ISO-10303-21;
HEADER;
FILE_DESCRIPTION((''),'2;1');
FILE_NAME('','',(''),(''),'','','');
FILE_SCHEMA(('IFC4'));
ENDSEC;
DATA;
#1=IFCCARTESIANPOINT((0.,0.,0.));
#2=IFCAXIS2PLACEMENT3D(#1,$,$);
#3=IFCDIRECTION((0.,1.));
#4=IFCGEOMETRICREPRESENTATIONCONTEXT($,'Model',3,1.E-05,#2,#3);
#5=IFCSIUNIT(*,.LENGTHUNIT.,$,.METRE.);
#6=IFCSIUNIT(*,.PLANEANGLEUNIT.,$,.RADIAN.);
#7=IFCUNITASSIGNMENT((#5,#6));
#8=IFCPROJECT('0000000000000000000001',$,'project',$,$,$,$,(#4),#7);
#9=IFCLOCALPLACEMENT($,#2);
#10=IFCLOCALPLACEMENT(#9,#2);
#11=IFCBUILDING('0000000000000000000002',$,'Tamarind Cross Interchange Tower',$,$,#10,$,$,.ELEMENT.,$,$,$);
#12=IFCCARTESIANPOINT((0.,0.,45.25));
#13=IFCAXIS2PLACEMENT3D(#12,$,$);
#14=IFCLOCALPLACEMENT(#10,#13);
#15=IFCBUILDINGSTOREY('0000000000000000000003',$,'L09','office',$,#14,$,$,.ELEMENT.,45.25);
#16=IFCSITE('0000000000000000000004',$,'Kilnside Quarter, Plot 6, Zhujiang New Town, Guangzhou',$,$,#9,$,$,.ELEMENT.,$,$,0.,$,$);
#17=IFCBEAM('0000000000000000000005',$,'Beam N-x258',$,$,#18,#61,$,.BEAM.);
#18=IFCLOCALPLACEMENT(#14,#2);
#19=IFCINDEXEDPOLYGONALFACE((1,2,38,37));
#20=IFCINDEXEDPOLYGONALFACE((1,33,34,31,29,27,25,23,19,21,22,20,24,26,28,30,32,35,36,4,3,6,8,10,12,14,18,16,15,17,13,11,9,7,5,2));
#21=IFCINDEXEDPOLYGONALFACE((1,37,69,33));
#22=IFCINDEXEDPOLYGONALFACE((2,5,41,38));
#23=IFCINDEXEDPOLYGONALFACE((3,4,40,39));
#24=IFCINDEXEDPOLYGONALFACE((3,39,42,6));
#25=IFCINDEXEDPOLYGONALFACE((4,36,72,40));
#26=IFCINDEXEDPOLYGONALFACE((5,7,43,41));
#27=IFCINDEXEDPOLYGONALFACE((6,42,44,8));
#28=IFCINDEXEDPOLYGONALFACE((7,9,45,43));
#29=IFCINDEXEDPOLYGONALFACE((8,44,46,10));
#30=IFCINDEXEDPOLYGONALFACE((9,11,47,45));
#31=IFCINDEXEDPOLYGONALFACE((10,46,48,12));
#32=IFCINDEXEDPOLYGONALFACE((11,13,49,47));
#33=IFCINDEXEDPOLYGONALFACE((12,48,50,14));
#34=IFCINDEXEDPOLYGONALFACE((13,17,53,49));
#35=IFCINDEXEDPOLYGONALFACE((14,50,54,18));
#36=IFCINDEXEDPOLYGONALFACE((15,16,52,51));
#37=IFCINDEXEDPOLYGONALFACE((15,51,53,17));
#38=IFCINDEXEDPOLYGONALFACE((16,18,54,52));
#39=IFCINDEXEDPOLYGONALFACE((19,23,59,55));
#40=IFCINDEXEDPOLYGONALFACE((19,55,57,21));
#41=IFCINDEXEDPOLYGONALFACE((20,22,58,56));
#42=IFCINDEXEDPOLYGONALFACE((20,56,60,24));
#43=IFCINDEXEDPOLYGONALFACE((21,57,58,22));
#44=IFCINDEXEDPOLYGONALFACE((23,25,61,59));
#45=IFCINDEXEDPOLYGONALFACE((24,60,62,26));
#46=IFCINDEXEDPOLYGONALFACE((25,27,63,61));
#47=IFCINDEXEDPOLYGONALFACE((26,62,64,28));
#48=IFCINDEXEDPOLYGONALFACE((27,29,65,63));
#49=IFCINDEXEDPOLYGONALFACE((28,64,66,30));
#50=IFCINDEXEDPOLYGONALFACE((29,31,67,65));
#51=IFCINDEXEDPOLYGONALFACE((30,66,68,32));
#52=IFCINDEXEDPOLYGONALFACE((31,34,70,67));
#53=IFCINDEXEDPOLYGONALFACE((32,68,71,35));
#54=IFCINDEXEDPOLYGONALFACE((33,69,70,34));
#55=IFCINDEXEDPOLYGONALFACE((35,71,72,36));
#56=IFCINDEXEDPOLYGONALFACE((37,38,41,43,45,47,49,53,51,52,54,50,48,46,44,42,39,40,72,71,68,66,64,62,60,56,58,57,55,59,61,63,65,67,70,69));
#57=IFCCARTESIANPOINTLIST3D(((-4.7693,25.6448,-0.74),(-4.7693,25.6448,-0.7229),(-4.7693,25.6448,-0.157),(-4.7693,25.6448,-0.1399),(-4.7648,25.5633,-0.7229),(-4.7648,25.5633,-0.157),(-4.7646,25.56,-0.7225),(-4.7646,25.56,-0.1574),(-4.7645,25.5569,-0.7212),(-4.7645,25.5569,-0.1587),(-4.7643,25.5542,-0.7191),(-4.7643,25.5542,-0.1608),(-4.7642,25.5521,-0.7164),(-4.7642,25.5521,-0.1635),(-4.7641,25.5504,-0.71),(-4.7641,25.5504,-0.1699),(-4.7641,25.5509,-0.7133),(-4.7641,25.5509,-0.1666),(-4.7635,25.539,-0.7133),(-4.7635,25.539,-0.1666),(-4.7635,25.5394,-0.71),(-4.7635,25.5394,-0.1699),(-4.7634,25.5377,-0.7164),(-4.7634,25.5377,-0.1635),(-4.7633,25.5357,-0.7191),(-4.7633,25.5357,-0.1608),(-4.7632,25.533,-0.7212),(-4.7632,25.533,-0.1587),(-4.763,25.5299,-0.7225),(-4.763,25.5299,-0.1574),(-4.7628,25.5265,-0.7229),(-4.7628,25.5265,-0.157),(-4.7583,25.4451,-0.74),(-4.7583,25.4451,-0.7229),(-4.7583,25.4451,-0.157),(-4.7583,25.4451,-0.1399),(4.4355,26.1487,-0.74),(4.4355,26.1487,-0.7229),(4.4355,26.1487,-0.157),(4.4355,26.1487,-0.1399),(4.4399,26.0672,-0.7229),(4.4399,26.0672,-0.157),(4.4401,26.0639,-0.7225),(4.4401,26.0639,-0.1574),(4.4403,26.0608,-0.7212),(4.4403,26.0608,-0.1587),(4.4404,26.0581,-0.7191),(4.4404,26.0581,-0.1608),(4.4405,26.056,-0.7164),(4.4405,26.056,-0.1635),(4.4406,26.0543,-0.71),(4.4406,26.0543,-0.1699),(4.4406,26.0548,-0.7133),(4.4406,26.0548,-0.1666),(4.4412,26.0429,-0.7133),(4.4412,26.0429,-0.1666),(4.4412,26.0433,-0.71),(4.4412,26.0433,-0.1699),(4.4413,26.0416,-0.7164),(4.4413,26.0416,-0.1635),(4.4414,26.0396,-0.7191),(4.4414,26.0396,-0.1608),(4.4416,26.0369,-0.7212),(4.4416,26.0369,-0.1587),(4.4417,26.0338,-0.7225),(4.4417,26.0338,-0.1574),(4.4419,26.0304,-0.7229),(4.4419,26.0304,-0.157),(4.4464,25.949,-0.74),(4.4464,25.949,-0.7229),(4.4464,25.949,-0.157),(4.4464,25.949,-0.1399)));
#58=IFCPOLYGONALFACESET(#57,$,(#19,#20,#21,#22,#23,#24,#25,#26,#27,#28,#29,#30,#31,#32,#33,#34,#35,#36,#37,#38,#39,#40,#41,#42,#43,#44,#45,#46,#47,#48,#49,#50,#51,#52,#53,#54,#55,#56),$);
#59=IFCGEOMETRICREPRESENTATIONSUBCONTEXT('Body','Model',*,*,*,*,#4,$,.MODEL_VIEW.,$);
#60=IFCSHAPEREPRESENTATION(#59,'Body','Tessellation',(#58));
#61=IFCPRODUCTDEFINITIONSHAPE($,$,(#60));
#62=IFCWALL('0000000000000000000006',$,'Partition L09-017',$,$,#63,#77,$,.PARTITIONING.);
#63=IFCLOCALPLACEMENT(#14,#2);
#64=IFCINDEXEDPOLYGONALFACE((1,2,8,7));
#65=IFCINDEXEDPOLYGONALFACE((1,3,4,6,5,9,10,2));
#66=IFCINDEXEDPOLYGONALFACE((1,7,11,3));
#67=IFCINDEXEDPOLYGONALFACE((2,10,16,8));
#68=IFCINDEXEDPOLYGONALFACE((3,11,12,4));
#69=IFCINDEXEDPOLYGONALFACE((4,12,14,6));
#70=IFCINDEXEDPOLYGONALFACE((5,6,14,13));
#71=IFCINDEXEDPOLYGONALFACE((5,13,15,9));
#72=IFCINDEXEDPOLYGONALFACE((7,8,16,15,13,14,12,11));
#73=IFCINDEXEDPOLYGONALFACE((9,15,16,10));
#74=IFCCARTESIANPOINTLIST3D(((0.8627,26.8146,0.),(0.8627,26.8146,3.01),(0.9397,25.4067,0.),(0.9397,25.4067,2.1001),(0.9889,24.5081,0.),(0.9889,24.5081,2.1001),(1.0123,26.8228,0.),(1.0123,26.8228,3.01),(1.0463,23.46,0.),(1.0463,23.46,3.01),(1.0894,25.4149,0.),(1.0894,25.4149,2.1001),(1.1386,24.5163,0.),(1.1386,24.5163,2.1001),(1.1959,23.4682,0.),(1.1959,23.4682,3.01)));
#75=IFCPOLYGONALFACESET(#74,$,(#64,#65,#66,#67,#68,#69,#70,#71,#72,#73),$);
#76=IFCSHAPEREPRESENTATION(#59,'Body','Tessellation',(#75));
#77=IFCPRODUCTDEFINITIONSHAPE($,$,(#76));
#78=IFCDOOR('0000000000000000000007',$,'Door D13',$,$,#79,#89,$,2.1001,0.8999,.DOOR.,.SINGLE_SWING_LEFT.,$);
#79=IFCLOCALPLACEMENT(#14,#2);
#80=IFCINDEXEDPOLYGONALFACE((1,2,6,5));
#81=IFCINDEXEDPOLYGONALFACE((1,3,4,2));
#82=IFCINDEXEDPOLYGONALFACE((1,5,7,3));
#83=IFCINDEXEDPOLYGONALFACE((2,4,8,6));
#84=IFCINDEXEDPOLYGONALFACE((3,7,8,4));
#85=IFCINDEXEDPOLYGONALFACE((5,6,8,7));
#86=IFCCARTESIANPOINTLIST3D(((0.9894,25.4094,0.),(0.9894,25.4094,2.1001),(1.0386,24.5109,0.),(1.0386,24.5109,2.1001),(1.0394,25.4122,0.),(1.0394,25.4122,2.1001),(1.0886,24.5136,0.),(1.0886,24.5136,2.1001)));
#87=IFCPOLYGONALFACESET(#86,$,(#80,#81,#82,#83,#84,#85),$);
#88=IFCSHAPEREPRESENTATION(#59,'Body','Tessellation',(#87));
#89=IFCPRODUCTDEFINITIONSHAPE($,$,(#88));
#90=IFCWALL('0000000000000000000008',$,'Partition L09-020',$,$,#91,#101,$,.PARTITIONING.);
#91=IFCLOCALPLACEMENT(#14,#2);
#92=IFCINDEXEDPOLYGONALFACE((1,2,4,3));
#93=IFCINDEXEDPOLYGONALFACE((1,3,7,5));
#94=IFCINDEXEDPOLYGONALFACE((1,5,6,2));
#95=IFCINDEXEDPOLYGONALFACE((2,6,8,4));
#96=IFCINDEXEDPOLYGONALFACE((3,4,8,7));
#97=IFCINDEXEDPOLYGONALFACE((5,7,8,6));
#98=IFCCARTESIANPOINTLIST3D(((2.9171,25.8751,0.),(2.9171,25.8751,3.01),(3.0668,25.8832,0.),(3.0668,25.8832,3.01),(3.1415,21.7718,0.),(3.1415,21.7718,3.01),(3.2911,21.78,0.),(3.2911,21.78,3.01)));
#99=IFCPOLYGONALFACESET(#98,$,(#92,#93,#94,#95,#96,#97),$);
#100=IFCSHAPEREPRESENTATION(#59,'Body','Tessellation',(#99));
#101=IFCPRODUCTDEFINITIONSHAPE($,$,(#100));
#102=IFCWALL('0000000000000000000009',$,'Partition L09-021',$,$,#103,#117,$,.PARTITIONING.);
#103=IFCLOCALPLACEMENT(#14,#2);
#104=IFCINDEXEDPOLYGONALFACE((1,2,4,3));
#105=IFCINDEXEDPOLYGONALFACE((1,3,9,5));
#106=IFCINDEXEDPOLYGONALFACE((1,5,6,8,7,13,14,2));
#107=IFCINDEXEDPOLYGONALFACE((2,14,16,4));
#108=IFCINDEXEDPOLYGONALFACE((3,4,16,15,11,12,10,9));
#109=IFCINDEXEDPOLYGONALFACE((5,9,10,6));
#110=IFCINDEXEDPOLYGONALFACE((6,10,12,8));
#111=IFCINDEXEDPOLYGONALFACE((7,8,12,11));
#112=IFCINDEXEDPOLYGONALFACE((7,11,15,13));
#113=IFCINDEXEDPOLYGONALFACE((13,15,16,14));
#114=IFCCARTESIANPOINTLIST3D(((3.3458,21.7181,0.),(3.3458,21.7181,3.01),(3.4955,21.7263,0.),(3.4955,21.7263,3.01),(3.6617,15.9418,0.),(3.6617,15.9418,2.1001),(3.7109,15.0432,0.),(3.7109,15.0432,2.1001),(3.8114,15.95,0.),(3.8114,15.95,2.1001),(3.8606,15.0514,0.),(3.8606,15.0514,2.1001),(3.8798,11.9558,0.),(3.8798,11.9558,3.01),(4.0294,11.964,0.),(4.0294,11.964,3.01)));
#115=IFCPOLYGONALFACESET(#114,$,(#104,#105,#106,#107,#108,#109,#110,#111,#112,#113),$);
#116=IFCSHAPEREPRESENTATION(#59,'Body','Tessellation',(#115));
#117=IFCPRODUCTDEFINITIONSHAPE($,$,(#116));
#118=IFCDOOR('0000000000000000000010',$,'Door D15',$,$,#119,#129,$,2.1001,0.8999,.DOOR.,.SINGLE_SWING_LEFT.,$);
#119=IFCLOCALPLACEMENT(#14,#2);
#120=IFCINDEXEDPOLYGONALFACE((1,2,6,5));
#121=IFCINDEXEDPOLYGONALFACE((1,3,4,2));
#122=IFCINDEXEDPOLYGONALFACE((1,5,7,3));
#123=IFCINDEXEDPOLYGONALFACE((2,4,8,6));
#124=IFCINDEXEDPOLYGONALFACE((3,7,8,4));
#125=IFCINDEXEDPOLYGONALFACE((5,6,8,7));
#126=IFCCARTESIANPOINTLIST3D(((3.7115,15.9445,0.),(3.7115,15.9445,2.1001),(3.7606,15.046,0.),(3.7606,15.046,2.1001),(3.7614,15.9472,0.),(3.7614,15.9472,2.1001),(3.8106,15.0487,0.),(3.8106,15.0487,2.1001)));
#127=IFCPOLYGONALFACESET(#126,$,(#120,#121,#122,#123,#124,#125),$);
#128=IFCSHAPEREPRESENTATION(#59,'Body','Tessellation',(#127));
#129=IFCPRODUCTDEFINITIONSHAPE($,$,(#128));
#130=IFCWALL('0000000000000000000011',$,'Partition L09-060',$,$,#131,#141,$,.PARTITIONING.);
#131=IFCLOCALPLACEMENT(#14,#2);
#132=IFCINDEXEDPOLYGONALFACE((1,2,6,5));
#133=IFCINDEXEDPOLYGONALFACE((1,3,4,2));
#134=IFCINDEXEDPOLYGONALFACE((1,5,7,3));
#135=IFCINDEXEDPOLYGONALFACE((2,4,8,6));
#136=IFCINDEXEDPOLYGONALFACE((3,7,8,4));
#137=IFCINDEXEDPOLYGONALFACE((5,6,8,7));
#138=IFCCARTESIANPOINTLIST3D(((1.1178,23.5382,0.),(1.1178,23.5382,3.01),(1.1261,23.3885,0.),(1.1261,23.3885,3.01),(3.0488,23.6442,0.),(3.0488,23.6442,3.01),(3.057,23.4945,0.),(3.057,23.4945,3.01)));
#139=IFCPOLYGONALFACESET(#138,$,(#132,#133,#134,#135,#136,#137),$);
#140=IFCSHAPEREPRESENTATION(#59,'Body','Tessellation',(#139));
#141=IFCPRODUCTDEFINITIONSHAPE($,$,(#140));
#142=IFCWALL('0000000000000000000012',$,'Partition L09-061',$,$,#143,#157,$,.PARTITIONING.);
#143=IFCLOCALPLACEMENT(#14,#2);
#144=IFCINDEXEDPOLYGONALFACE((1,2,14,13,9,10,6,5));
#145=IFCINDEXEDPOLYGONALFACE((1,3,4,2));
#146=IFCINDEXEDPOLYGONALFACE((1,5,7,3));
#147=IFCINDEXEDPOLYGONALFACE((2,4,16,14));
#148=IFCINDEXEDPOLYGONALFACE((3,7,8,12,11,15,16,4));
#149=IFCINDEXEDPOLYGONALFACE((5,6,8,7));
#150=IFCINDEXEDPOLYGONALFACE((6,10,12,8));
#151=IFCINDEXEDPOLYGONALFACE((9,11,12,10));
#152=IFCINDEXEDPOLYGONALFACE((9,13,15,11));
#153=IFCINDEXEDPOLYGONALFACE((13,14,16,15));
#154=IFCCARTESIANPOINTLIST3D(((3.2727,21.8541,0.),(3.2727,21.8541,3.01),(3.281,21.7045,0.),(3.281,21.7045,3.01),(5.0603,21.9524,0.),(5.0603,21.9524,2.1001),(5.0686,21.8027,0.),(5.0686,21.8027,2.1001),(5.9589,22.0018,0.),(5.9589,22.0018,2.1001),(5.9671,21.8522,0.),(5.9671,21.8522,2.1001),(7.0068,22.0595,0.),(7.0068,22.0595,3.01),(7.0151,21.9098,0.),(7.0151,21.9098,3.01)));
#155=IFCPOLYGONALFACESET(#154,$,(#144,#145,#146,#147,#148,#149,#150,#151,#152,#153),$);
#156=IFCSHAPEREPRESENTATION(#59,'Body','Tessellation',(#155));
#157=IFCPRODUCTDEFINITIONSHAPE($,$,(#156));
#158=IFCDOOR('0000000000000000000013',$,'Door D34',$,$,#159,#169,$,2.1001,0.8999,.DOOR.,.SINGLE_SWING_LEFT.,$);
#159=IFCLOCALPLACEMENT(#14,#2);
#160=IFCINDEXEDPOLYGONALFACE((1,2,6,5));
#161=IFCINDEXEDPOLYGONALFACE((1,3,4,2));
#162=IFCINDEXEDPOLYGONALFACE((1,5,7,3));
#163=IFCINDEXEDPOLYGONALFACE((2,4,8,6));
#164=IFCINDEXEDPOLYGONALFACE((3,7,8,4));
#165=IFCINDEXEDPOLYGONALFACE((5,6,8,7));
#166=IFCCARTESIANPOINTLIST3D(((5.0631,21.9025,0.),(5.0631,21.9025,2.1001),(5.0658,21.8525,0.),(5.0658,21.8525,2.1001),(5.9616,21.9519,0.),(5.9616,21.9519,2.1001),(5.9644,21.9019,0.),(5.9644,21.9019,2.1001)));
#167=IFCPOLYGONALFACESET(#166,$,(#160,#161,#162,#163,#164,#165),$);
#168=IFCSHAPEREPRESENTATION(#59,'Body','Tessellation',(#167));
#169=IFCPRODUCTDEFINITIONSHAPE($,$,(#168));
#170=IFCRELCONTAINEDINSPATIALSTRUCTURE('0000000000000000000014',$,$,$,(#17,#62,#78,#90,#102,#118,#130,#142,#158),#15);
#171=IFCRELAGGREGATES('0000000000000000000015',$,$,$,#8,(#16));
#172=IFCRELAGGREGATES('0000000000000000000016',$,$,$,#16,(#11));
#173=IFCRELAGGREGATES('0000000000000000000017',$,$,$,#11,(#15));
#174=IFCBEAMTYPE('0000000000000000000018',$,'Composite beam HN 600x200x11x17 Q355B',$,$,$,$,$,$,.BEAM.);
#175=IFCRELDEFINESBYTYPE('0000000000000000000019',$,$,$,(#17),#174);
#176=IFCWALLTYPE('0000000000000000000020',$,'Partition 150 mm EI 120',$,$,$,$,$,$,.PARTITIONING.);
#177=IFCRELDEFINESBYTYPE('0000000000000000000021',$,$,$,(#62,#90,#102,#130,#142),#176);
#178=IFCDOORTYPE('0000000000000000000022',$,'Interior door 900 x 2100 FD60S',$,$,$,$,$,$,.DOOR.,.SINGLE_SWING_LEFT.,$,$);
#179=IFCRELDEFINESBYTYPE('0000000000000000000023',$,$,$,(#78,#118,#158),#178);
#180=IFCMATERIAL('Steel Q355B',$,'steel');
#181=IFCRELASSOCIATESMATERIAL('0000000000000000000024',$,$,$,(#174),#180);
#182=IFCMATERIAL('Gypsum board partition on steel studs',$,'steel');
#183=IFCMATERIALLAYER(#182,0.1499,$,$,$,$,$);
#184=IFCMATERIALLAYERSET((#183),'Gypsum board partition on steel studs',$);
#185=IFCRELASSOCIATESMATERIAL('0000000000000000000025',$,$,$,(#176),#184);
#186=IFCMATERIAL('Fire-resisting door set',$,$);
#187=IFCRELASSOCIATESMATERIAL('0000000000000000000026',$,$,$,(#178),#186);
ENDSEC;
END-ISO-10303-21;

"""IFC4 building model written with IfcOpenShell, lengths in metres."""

from ifc_helpers import new_model, si_unit, direction, frame, frame_2d, origin, origin_2d, place, context, subcontext, project, spatial, rectangle, i_section, extrude, material, layer, layer_set, material_profile, profile_set, type_object, element, fill, save


model = new_model("IFC4")

# Units and contexts
model_context = context("Model", 3, precision=1e-05, world=origin(), true_north=direction((0.0, 1.0)))
body_context = subcontext(model_context, "Body", "Model", "MODEL_VIEW")
ifc_project = project(units=[si_unit("LENGTHUNIT", "METRE"), si_unit("PLANEANGLEUNIT", "RADIAN")], contexts=[model_context])

# Site, building, storey
site_placement = place(None, origin())
site = spatial("IfcSite", under=ifc_project, at=site_placement, Name="Kilnside Quarter, Plot 6, Zhujiang New Town, Guangzhou", CompositionType="ELEMENT", RefElevation=0.0)
building_placement = place(site_placement, origin())
building = spatial("IfcBuilding", under=site, at=building_placement, Name="Tamarind Cross Interchange Tower", CompositionType="ELEMENT")
storey_placement = place(building_placement, frame((0.0, 0.0, 45.25)))
storey = spatial("IfcBuildingStorey", under=building, at=storey_placement, Name="L09", Description="office", CompositionType="ELEMENT", Elevation=45.25)

# Beam
ifc_material_1 = material(Name="Steel Q355B", Category="steel")
ifc_material_profile_1 = material_profile(ifc_material_1, i_section(OverallWidth=0.2, OverallDepth=0.6001, WebThickness=0.011, FlangeThickness=0.0171, FilletRadius=0.0129, at=origin_2d()), Name="HN 600x200x11x17")
ifc_profile_set_1 = profile_set([ifc_material_profile_1], Name="Steel Q355B")
beam_type_1 = type_object("IfcBeamType", Name="Composite beam HN 600x200x11x17 Q355B", PredefinedType="BEAM", material=ifc_profile_set_1)
beam_1_placement = place(storey_placement, frame((4.4409, 26.0488, -0.4399), z_axis=(-0.998505, -0.054662, 0.0), x_axis=(0.054662, -0.998505, 0.0)))
element("IfcBeam", 1, at=beam_1_placement, inside=storey, type_object=beam_type_1, Name="Beam N-x258", PredefinedType="BEAM", context=body_context, shape_type="SweptSolid", body=[
    extrude(i_section(OverallWidth=0.2, OverallDepth=0.6001, WebThickness=0.011, FlangeThickness=0.0171, FilletRadius=0.0129, at=origin_2d()), origin(), (0.0, 0.0, 1.0), 9.2185),
])

# Wall, opening, door
ifc_material_2 = material(Name="Gypsum board partition on steel studs", Category="steel")
ifc_layer_1 = layer(ifc_material_2, 0.1499)
ifc_layer_set_1 = layer_set([ifc_layer_1], Name="Gypsum board partition on steel studs")
wall_type_1 = type_object("IfcWallType", Name="Partition 150 mm EI 120", PredefinedType="PARTITIONING", material=ifc_layer_set_1)
wall_1_placement = place(storey_placement, frame((0.9375, 26.8186, 0.0), z_axis=(0.0, 0.0, 1.0), x_axis=(0.054649, -0.998506, 0.0)))
wall_1 = element("IfcWall", 2, at=wall_1_placement, inside=storey, type_object=wall_type_1, Name="Partition L09-017", PredefinedType="PARTITIONING", context=body_context, shape_type="SweptSolid", body=[
    extrude(rectangle(XDim=3.3596, YDim=0.1499, at=frame_2d((1.6797, 0.0))), origin(), (0.0, 0.0, 1.0), 3.01),
])
opening_1_placement = place(wall_1_placement, frame((1.4099, 0.0, 0.0)))
opening_1 = element("IfcOpeningElement", 3, at=opening_1_placement, cuts=wall_1, PredefinedType="OPENING", context=body_context, shape_type="SweptSolid", body=[
    extrude(rectangle(XDim=0.8999, YDim=2.1001, at=frame_2d((0.45, 1.05))), frame((0.0, 0.085, 0.0), z_axis=(0.0, -1.0, 0.0), x_axis=(1.0, 0.0, 0.0)), (0.0, 0.0, 1.0), 0.1699),
])
ifc_material_3 = material(Name="Fire-resisting door set")
door_type_1 = type_object("IfcDoorType", Name="Interior door 900 x 2100 FD60S", OperationType="SINGLE_SWING_LEFT", PredefinedType="DOOR", material=ifc_material_3)
door_1_placement = place(opening_1_placement, origin())
door_1 = element("IfcDoor", 4, at=door_1_placement, inside=storey, type_object=door_type_1, Name="Door D13", OperationType="SINGLE_SWING_LEFT", OverallHeight=2.1001, OverallWidth=0.8999, PredefinedType="DOOR", context=body_context, shape_type="SweptSolid", body=[
    extrude(rectangle(XDim=0.8999, YDim=2.1001, at=frame_2d((0.45, 1.05))), frame((0.0, 0.0249, 0.0), z_axis=(0.0, -1.0, 0.0), x_axis=(1.0, 0.0, 0.0)), (0.0, 0.0, 1.0), 0.05),
])
fill(opening_1, door_1)

# Wall
wall_2_placement = place(storey_placement, frame((2.9919, 25.8792, 0.0), z_axis=(0.0, 0.0, 1.0), x_axis=(0.054598, -0.998508, 0.0)))
element("IfcWall", 5, at=wall_2_placement, inside=storey, type_object=wall_type_1, Name="Partition L09-020", PredefinedType="PARTITIONING", context=body_context, shape_type="SweptSolid", body=[
    extrude(rectangle(XDim=4.1094, YDim=0.1499, at=frame_2d((2.0547, 0.0))), origin(), (0.0, 0.0, 1.0), 3.01),
])

# Wall, opening, door
wall_3_placement = place(storey_placement, frame((3.4207, 21.7222, 0.0), z_axis=(0.0, 0.0, 1.0), x_axis=(0.054613, -0.998508, 0.0)))
wall_3 = element("IfcWall", 6, at=wall_3_placement, inside=storey, type_object=wall_type_1, Name="Partition L09-021", PredefinedType="PARTITIONING", context=body_context, shape_type="SweptSolid", body=[
    extrude(rectangle(XDim=9.7769, YDim=0.1499, at=frame_2d((4.8884, 0.0))), origin(), (0.0, 0.0, 1.0), 3.01),
])
opening_2_placement = place(wall_3_placement, frame((5.7849, 0.0, 0.0)))
opening_2 = element("IfcOpeningElement", 7, at=opening_2_placement, cuts=wall_3, PredefinedType="OPENING", context=body_context, shape_type="SweptSolid", body=[
    extrude(rectangle(XDim=0.8999, YDim=2.1001, at=frame_2d((0.45, 1.05))), frame((0.0, 0.085, 0.0), z_axis=(0.0, -1.0, 0.0), x_axis=(1.0, 0.0, 0.0)), (0.0, 0.0, 1.0), 0.1699),
])
door_2_placement = place(opening_2_placement, origin())
door_2 = element("IfcDoor", 8, at=door_2_placement, inside=storey, type_object=door_type_1, Name="Door D15", OperationType="SINGLE_SWING_LEFT", OverallHeight=2.1001, OverallWidth=0.8999, PredefinedType="DOOR", context=body_context, shape_type="SweptSolid", body=[
    extrude(rectangle(XDim=0.8999, YDim=2.1001, at=frame_2d((0.45, 1.05))), frame((0.0, 0.0249, 0.0), z_axis=(0.0, -1.0, 0.0), x_axis=(1.0, 0.0, 0.0)), (0.0, 0.0, 1.0), 0.05),
])
fill(opening_2, door_2)

# Wall
wall_4_placement = place(storey_placement, frame((1.1221, 23.4634, 0.0), z_axis=(0.0, 0.0, 1.0), x_axis=(0.998498, 0.054792, 0.0)))
element("IfcWall", 9, at=wall_4_placement, inside=storey, type_object=wall_type_1, Name="Partition L09-060", PredefinedType="PARTITIONING", context=body_context, shape_type="SweptSolid", body=[
    extrude(rectangle(XDim=1.9338, YDim=0.1499, at=frame_2d((0.9668, 0.0))), origin(), (0.0, 0.0, 1.0), 3.01),
])

# Wall, opening, door
wall_5_placement = place(storey_placement, frame((3.2769, 21.7793, 0.0), z_axis=(0.0, 0.0, 1.0), x_axis=(0.998492, 0.054902, 0.0)))
wall_5 = element("IfcWall", 10, at=wall_5_placement, inside=storey, type_object=wall_type_1, Name="Partition L09-061", PredefinedType="PARTITIONING", context=body_context, shape_type="SweptSolid", body=[
    extrude(rectangle(XDim=3.7397, YDim=0.1499, at=frame_2d((1.8699, 0.0))), origin(), (0.0, 0.0, 1.0), 3.01),
])
opening_3_placement = place(wall_5_placement, frame((1.7903, 0.0, 0.0)))
opening_3 = element("IfcOpeningElement", 11, at=opening_3_placement, cuts=wall_5, PredefinedType="OPENING", context=body_context, shape_type="SweptSolid", body=[
    extrude(rectangle(XDim=0.8999, YDim=2.1001, at=frame_2d((0.45, 1.05))), frame((0.0, 0.085, 0.0), z_axis=(0.0, -1.0, 0.0), x_axis=(1.0, 0.0, 0.0)), (0.0, 0.0, 1.0), 0.1699),
])
door_3_placement = place(opening_3_placement, origin())
door_3 = element("IfcDoor", 12, at=door_3_placement, inside=storey, type_object=door_type_1, Name="Door D34", OperationType="SINGLE_SWING_LEFT", OverallHeight=2.1001, OverallWidth=0.8999, PredefinedType="DOOR", context=body_context, shape_type="SweptSolid", body=[
    extrude(rectangle(XDim=0.8999, YDim=2.1001, at=frame_2d((0.45, 1.05))), frame((0.0, 0.0249, 0.0), z_axis=(0.0, -1.0, 0.0), x_axis=(1.0, 0.0, 0.0)), (0.0, 0.0, 1.0), 0.05),
])
fill(opening_3, door_3)

save(model, "model.ifc")
